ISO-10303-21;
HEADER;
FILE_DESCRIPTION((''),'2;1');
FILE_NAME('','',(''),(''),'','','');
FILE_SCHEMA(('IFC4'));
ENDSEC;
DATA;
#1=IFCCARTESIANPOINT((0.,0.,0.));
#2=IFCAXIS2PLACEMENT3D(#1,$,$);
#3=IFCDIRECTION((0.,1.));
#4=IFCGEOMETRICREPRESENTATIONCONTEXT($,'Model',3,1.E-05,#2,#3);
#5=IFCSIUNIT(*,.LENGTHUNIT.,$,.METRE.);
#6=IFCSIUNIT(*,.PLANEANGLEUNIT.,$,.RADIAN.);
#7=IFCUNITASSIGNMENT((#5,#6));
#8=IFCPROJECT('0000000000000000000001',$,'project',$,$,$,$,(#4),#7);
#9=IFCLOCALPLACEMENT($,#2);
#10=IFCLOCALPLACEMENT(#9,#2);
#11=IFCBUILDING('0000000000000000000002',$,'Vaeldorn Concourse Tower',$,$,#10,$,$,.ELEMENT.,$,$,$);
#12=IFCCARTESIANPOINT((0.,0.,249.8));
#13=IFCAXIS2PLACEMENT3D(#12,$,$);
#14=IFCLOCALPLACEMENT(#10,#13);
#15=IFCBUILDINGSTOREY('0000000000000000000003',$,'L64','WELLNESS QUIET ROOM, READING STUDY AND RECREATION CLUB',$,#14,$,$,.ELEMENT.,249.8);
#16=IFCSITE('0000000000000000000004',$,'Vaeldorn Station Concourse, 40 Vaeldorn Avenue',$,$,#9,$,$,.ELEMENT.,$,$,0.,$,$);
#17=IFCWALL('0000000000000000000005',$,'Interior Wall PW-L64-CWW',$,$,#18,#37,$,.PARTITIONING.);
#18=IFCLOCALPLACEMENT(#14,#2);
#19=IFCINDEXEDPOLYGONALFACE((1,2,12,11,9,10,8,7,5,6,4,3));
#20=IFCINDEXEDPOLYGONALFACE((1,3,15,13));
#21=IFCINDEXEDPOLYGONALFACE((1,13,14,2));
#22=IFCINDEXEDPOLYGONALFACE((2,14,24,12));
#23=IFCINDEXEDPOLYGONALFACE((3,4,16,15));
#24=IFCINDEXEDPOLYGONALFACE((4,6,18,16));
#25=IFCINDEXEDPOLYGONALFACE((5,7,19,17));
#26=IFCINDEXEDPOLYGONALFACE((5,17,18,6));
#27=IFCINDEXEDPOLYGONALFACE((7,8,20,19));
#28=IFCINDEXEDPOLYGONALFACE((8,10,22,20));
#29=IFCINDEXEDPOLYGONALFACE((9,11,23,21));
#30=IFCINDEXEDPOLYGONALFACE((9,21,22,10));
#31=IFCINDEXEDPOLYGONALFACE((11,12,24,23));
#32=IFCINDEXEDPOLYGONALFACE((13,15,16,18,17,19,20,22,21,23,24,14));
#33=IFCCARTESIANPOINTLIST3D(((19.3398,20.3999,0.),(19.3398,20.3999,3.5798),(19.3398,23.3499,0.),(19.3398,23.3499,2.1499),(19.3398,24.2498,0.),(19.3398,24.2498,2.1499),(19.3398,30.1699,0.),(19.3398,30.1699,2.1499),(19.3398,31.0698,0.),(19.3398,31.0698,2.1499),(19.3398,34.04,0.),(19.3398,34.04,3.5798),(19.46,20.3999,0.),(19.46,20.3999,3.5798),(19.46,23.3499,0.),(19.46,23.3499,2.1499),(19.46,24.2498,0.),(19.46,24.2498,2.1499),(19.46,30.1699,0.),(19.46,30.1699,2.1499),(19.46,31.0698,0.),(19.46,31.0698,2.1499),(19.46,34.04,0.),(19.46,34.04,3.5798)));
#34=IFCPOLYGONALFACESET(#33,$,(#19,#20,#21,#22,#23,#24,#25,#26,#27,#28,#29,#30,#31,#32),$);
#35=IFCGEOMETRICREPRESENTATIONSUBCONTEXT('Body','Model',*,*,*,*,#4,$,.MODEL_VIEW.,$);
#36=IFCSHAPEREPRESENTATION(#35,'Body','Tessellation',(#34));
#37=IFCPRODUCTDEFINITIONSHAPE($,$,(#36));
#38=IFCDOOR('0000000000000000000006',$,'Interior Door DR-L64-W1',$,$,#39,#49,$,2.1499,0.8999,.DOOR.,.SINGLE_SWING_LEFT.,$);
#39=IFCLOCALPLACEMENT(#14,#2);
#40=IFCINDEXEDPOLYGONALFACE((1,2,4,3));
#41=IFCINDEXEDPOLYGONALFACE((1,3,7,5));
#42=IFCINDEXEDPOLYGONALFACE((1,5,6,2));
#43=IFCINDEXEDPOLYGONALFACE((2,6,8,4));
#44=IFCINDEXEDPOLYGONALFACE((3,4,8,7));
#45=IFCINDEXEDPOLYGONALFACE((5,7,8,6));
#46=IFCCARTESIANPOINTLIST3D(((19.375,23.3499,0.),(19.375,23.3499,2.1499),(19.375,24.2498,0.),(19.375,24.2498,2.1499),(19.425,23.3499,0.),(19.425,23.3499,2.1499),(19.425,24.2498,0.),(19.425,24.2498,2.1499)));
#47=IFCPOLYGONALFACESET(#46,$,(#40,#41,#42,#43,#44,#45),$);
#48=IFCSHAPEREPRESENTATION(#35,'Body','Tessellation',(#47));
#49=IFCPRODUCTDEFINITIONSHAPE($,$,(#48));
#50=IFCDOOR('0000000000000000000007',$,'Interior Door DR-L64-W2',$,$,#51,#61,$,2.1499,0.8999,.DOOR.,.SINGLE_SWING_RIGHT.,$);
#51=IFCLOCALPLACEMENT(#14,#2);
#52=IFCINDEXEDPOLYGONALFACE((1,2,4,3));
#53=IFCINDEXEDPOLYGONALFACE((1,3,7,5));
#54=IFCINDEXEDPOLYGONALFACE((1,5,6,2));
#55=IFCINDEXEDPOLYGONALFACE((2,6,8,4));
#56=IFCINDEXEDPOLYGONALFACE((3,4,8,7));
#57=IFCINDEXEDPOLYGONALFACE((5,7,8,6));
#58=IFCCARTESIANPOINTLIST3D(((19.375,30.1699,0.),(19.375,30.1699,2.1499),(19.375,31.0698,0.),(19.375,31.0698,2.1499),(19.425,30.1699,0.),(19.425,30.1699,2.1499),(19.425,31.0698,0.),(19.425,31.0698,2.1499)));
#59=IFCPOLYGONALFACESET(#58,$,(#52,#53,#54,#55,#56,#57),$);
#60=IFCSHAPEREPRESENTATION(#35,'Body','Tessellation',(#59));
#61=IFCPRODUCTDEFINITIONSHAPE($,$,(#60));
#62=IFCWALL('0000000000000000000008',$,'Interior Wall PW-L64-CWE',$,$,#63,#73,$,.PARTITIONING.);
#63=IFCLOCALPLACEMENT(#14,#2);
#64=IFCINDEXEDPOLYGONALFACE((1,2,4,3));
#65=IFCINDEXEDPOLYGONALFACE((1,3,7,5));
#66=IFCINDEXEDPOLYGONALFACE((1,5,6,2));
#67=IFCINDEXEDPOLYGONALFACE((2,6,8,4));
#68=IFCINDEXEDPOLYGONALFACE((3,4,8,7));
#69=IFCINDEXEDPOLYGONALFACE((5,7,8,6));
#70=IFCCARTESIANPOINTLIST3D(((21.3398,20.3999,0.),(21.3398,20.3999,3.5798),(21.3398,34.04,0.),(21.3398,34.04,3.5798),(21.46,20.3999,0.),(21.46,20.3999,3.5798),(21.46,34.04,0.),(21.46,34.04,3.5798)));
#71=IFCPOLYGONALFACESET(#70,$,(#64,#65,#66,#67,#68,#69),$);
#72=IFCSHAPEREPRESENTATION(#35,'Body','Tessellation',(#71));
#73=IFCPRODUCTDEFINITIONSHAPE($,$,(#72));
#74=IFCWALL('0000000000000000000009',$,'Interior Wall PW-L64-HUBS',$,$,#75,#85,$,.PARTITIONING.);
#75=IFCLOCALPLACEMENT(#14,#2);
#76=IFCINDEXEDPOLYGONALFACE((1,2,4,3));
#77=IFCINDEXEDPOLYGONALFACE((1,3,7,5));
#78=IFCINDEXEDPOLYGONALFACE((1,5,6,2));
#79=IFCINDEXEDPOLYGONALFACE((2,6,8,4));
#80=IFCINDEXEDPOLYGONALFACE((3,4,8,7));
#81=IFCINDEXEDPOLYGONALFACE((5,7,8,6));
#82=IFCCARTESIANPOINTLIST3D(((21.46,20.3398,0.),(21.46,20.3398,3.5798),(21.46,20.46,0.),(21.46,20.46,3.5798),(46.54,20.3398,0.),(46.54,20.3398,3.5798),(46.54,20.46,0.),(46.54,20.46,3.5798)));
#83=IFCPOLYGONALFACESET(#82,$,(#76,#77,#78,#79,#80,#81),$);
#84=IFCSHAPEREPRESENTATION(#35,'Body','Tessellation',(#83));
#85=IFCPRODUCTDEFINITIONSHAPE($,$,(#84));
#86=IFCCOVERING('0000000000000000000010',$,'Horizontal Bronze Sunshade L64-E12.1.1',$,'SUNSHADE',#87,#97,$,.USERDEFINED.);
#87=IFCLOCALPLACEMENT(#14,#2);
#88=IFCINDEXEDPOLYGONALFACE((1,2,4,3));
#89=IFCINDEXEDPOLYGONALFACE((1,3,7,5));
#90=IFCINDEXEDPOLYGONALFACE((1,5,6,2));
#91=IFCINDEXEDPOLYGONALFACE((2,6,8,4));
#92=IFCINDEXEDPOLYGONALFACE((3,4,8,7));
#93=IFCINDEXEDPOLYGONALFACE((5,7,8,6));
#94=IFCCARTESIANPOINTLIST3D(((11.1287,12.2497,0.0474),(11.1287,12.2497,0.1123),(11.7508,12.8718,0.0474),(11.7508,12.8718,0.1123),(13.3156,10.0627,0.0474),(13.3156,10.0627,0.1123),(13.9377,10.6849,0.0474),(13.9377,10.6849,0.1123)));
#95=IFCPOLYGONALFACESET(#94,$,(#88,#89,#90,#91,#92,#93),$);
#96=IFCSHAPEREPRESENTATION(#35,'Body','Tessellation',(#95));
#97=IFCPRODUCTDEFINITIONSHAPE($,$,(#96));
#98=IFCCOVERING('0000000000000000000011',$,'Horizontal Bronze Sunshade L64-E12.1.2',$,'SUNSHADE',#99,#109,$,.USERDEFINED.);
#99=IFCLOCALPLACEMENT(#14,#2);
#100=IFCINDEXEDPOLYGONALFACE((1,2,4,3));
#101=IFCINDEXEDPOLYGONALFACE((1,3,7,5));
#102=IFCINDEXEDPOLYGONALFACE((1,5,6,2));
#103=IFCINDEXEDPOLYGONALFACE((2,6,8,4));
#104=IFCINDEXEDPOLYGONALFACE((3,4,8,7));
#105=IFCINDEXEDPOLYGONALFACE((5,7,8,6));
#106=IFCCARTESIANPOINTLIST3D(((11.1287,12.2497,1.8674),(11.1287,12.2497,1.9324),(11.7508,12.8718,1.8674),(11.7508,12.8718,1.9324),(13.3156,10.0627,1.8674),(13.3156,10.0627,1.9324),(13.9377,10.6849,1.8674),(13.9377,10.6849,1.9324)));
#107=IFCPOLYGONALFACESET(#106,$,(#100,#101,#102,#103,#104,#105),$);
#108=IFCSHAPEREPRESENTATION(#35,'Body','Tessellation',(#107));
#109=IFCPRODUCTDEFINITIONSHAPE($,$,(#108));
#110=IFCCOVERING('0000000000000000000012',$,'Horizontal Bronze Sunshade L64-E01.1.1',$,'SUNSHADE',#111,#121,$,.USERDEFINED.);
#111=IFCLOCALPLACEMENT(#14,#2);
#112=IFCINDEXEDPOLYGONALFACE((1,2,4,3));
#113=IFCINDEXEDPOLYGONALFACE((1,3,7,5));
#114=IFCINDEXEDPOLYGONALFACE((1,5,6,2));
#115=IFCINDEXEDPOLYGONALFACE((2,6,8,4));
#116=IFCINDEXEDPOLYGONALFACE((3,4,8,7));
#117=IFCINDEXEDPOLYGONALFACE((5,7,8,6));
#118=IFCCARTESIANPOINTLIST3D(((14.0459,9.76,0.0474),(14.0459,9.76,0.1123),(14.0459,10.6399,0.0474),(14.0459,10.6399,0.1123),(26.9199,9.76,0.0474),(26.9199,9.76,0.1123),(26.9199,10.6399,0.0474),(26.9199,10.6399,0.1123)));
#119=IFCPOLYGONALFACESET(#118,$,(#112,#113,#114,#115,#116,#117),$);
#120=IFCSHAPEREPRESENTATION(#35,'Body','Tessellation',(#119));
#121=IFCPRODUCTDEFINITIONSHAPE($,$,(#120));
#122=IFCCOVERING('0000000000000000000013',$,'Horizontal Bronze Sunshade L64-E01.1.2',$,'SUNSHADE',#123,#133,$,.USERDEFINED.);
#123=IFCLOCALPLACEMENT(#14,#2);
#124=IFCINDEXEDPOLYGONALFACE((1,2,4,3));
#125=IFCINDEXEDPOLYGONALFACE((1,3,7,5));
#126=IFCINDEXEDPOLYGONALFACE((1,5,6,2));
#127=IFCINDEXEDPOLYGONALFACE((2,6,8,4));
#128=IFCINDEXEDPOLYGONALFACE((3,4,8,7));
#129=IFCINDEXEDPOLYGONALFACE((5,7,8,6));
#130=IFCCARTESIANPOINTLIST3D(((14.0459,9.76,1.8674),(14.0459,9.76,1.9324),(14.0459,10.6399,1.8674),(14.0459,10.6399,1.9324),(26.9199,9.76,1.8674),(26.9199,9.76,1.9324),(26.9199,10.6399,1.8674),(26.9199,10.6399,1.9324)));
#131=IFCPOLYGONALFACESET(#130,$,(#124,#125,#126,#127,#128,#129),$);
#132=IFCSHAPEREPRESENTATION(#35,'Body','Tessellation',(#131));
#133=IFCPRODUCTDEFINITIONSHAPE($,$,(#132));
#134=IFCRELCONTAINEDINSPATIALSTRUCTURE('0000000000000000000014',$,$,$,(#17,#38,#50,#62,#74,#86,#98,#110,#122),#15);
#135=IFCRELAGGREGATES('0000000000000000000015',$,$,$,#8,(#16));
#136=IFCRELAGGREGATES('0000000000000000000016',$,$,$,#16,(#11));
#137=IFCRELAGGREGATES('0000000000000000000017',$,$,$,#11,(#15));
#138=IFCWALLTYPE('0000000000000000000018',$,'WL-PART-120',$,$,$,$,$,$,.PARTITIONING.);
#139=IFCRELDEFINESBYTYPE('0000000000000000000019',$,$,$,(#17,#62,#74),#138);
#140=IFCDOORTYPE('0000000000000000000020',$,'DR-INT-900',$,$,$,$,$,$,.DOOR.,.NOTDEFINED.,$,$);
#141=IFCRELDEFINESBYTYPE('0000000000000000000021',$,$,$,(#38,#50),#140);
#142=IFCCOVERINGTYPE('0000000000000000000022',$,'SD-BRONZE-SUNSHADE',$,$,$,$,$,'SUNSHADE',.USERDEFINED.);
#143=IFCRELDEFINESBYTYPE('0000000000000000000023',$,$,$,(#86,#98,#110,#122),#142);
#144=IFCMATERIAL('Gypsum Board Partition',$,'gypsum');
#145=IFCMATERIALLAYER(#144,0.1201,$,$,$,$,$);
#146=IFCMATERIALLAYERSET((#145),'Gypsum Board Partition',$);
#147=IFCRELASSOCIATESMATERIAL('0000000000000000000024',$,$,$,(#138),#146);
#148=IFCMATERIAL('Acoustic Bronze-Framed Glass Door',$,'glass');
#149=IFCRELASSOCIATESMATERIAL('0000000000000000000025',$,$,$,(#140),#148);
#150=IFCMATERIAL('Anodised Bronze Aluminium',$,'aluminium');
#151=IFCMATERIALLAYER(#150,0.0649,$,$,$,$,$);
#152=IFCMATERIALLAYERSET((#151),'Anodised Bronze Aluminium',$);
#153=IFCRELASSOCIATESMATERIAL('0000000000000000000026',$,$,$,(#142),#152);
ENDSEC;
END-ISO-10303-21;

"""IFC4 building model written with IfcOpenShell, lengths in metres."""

from ifc_helpers import new_model, si_unit, direction, frame, frame_2d, origin, origin_2d, place, context, subcontext, project, spatial, rectangle, extrude, source, transform, mapped, material, layer, layer_set, type_object, element, fill, save


model = new_model("IFC4")

# Units and contexts
model_context = context("Model", 3, precision=1e-05, world=origin(), true_north=direction((0.0, 1.0)))
body_context = subcontext(model_context, "Body", "Model", "MODEL_VIEW")
ifc_project = project(units=[si_unit("LENGTHUNIT", "METRE"), si_unit("PLANEANGLEUNIT", "RADIAN")], contexts=[model_context])

# Site, building, storey
site_placement = place(None, origin())
site = spatial("IfcSite", under=ifc_project, at=site_placement, Name="Vaeldorn Station Concourse, 40 Vaeldorn Avenue", CompositionType="ELEMENT", RefElevation=0.0)
building_placement = place(site_placement, origin())
building = spatial("IfcBuilding", under=site, at=building_placement, Name="Vaeldorn Concourse Tower", CompositionType="ELEMENT")
storey_placement = place(building_placement, frame((0.0, 0.0, 249.8)))
storey = spatial("IfcBuildingStorey", under=building, at=storey_placement, Name="L64", Description="WELLNESS QUIET ROOM, READING STUDY AND RECREATION CLUB", CompositionType="ELEMENT", Elevation=249.8)

# Shared definitions
ifc_material_1 = material(Name="Anodised Bronze Aluminium", Category="aluminium")

# Wall, openings, doors
ifc_material_2 = material(Name="Gypsum Board Partition", Category="gypsum")
ifc_layer_1 = layer(ifc_material_2, 0.1201)
ifc_layer_set_1 = layer_set([ifc_layer_1], Name="Gypsum Board Partition")
wall_type = type_object("IfcWallType", Name="WL-PART-120", PredefinedType="PARTITIONING", material=ifc_layer_set_1)
wall_1_placement = place(storey_placement, frame((19.3999, 20.3999, 0.0), z_axis=(0.0, 0.0, 1.0), x_axis=(0.0, 1.0, 0.0)))
wall_1 = element("IfcWall", 1, at=wall_1_placement, inside=storey, type_object=wall_type, Name="Interior Wall PW-L64-CWW", PredefinedType="PARTITIONING", context=body_context, shape_type="SweptSolid", body=[
    extrude(rectangle(XDim=13.6401, YDim=0.1201, at=frame_2d((6.8201, 0.0))), origin(), (0.0, 0.0, 1.0), 3.5798),
])
opening_1_placement = place(wall_1_placement, frame((2.95, 0.0, 0.0)))
opening_1 = element("IfcOpeningElement", 2, at=opening_1_placement, cuts=wall_1, PredefinedType="OPENING", context=body_context, shape_type="SweptSolid", body=[
    extrude(rectangle(XDim=0.8999, YDim=2.1499, at=frame_2d((0.45, 1.075))), frame((0.0, 0.0701, 0.0), z_axis=(0.0, -1.0, 0.0), x_axis=(1.0, 0.0, 0.0)), (0.0, 0.0, 1.0), 0.1401),
])
opening_2_placement = place(wall_1_placement, frame((9.77, 0.0, 0.0)))
opening_2 = element("IfcOpeningElement", 3, at=opening_2_placement, cuts=wall_1, PredefinedType="OPENING", context=body_context, shape_type="SweptSolid", body=[
    extrude(rectangle(XDim=0.8999, YDim=2.1499, at=frame_2d((0.45, 1.075))), frame((0.0, 0.0701, 0.0), z_axis=(0.0, -1.0, 0.0), x_axis=(1.0, 0.0, 0.0)), (0.0, 0.0, 1.0), 0.1401),
])
ifc_material_3 = material(Name="Acoustic Bronze-Framed Glass Door", Category="glass")
door_type = type_object("IfcDoorType", Name="DR-INT-900", OperationType="NOTDEFINED", PredefinedType="DOOR", material=ifc_material_3)
shared_shape_1 = source(origin(), body_context, "Body", "SweptSolid", [
    extrude(rectangle(XDim=0.8999, YDim=2.1499, at=frame_2d((0.45, 1.075))), frame((0.0, 0.0249, 0.0), z_axis=(0.0, -1.0, 0.0), x_axis=(1.0, 0.0, 0.0)), (0.0, 0.0, 1.0), 0.05),
])
door_1_placement = place(opening_1_placement, origin())
door_1 = element("IfcDoor", 4, at=door_1_placement, inside=storey, type_object=door_type, Name="Interior Door DR-L64-W1", OperationType="SINGLE_SWING_LEFT", OverallHeight=2.1499, OverallWidth=0.8999, PredefinedType="DOOR", context=body_context, shape_type="MappedRepresentation", body=[
    mapped(shared_shape_1, transform((0.0, 0.0, 0.0), scale=1.0)),
])
fill(opening_1, door_1)
door_2_placement = place(opening_2_placement, origin())
door_2 = element("IfcDoor", 5, at=door_2_placement, inside=storey, type_object=door_type, Name="Interior Door DR-L64-W2", OperationType="SINGLE_SWING_RIGHT", OverallHeight=2.1499, OverallWidth=0.8999, PredefinedType="DOOR", context=body_context, shape_type="MappedRepresentation", body=[
    mapped(shared_shape_1, transform((0.0, 0.0, 0.0), scale=1.0)),
])
fill(opening_2, door_2)

# Wall
wall_2_placement = place(storey_placement, frame((21.3999, 20.3999, 0.0), z_axis=(0.0, 0.0, 1.0), x_axis=(0.0, 1.0, 0.0)))
element("IfcWall", 6, at=wall_2_placement, inside=storey, type_object=wall_type, Name="Interior Wall PW-L64-CWE", PredefinedType="PARTITIONING", context=body_context, shape_type="SweptSolid", body=[
    extrude(rectangle(XDim=13.6401, YDim=0.1201, at=frame_2d((6.8201, 0.0))), origin(), (0.0, 0.0, 1.0), 3.5798),
])

# Wall
wall_3_placement = place(storey_placement, frame((21.46, 20.3999, 0.0), z_axis=(0.0, 0.0, 1.0), x_axis=(1.0, 0.0, 0.0)))
element("IfcWall", 7, at=wall_3_placement, inside=storey, type_object=wall_type, Name="Interior Wall PW-L64-HUBS", PredefinedType="PARTITIONING", context=body_context, shape_type="SweptSolid", body=[
    extrude(rectangle(XDim=25.0801, YDim=0.1201, at=frame_2d((12.54, 0.0))), origin(), (0.0, 0.0, 1.0), 3.5798),
])

# Coverings
ifc_layer_2 = layer(ifc_material_1, 0.0649)
ifc_layer_set_2 = layer_set([ifc_layer_2], Name="Anodised Bronze Aluminium")
covering_type = type_object("IfcCoveringType", Name="SD-BRONZE-SUNSHADE", ElementType="SUNSHADE", PredefinedType="USERDEFINED", material=ifc_layer_set_2)
shared_shape_2 = source(origin(), body_context, "Body", "SweptSolid", [
    extrude(rectangle(XDim=3.0928, YDim=0.8799, at=origin_2d()), origin(), (0.0, 0.0, 1.0), 0.0649),
])
for number, where, z_axis, x_axis, name in (
    (8, (12.5332, 11.4673, 0.0474), (0.0, 0.0, 1.0), (0.707107, -0.707107, 0.0), "Horizontal Bronze Sunshade L64-E12.1.1"),
    (9, (12.5332, 11.4673, 1.8674), (0.0, 0.0, 1.0), (0.707107, -0.707107, 0.0), "Horizontal Bronze Sunshade L64-E12.1.2"),
):
    element("IfcCovering", number, at=place(storey_placement, frame(where, z_axis=z_axis, x_axis=x_axis)), inside=storey, type_object=covering_type, Name=name, ObjectType="SUNSHADE", PredefinedType="USERDEFINED", context=body_context, shape_type="MappedRepresentation", body=[
        mapped(shared_shape_2, transform((0.0, 0.0, 0.0), scale=1.0)),
    ])
shared_shape_3 = source(origin(), body_context, "Body", "SweptSolid", [
    extrude(rectangle(XDim=12.874, YDim=0.8799, at=origin_2d()), origin(), (0.0, 0.0, 1.0), 0.0649),
])
for number, where, z_axis, x_axis, name in (
    (10, (20.4829, 10.2, 0.0474), (0.0, 0.0, 1.0), (1.0, 0.0, 0.0), "Horizontal Bronze Sunshade L64-E01.1.1"),
    (11, (20.4829, 10.2, 1.8674), (0.0, 0.0, 1.0), (1.0, 0.0, 0.0), "Horizontal Bronze Sunshade L64-E01.1.2"),
):
    element("IfcCovering", number, at=place(storey_placement, frame(where, z_axis=z_axis, x_axis=x_axis)), inside=storey, type_object=covering_type, Name=name, ObjectType="SUNSHADE", PredefinedType="USERDEFINED", context=body_context, shape_type="MappedRepresentation", body=[
        mapped(shared_shape_3, transform((0.0, 0.0, 0.0), scale=1.0)),
    ])

save(model, "model.ifc")
